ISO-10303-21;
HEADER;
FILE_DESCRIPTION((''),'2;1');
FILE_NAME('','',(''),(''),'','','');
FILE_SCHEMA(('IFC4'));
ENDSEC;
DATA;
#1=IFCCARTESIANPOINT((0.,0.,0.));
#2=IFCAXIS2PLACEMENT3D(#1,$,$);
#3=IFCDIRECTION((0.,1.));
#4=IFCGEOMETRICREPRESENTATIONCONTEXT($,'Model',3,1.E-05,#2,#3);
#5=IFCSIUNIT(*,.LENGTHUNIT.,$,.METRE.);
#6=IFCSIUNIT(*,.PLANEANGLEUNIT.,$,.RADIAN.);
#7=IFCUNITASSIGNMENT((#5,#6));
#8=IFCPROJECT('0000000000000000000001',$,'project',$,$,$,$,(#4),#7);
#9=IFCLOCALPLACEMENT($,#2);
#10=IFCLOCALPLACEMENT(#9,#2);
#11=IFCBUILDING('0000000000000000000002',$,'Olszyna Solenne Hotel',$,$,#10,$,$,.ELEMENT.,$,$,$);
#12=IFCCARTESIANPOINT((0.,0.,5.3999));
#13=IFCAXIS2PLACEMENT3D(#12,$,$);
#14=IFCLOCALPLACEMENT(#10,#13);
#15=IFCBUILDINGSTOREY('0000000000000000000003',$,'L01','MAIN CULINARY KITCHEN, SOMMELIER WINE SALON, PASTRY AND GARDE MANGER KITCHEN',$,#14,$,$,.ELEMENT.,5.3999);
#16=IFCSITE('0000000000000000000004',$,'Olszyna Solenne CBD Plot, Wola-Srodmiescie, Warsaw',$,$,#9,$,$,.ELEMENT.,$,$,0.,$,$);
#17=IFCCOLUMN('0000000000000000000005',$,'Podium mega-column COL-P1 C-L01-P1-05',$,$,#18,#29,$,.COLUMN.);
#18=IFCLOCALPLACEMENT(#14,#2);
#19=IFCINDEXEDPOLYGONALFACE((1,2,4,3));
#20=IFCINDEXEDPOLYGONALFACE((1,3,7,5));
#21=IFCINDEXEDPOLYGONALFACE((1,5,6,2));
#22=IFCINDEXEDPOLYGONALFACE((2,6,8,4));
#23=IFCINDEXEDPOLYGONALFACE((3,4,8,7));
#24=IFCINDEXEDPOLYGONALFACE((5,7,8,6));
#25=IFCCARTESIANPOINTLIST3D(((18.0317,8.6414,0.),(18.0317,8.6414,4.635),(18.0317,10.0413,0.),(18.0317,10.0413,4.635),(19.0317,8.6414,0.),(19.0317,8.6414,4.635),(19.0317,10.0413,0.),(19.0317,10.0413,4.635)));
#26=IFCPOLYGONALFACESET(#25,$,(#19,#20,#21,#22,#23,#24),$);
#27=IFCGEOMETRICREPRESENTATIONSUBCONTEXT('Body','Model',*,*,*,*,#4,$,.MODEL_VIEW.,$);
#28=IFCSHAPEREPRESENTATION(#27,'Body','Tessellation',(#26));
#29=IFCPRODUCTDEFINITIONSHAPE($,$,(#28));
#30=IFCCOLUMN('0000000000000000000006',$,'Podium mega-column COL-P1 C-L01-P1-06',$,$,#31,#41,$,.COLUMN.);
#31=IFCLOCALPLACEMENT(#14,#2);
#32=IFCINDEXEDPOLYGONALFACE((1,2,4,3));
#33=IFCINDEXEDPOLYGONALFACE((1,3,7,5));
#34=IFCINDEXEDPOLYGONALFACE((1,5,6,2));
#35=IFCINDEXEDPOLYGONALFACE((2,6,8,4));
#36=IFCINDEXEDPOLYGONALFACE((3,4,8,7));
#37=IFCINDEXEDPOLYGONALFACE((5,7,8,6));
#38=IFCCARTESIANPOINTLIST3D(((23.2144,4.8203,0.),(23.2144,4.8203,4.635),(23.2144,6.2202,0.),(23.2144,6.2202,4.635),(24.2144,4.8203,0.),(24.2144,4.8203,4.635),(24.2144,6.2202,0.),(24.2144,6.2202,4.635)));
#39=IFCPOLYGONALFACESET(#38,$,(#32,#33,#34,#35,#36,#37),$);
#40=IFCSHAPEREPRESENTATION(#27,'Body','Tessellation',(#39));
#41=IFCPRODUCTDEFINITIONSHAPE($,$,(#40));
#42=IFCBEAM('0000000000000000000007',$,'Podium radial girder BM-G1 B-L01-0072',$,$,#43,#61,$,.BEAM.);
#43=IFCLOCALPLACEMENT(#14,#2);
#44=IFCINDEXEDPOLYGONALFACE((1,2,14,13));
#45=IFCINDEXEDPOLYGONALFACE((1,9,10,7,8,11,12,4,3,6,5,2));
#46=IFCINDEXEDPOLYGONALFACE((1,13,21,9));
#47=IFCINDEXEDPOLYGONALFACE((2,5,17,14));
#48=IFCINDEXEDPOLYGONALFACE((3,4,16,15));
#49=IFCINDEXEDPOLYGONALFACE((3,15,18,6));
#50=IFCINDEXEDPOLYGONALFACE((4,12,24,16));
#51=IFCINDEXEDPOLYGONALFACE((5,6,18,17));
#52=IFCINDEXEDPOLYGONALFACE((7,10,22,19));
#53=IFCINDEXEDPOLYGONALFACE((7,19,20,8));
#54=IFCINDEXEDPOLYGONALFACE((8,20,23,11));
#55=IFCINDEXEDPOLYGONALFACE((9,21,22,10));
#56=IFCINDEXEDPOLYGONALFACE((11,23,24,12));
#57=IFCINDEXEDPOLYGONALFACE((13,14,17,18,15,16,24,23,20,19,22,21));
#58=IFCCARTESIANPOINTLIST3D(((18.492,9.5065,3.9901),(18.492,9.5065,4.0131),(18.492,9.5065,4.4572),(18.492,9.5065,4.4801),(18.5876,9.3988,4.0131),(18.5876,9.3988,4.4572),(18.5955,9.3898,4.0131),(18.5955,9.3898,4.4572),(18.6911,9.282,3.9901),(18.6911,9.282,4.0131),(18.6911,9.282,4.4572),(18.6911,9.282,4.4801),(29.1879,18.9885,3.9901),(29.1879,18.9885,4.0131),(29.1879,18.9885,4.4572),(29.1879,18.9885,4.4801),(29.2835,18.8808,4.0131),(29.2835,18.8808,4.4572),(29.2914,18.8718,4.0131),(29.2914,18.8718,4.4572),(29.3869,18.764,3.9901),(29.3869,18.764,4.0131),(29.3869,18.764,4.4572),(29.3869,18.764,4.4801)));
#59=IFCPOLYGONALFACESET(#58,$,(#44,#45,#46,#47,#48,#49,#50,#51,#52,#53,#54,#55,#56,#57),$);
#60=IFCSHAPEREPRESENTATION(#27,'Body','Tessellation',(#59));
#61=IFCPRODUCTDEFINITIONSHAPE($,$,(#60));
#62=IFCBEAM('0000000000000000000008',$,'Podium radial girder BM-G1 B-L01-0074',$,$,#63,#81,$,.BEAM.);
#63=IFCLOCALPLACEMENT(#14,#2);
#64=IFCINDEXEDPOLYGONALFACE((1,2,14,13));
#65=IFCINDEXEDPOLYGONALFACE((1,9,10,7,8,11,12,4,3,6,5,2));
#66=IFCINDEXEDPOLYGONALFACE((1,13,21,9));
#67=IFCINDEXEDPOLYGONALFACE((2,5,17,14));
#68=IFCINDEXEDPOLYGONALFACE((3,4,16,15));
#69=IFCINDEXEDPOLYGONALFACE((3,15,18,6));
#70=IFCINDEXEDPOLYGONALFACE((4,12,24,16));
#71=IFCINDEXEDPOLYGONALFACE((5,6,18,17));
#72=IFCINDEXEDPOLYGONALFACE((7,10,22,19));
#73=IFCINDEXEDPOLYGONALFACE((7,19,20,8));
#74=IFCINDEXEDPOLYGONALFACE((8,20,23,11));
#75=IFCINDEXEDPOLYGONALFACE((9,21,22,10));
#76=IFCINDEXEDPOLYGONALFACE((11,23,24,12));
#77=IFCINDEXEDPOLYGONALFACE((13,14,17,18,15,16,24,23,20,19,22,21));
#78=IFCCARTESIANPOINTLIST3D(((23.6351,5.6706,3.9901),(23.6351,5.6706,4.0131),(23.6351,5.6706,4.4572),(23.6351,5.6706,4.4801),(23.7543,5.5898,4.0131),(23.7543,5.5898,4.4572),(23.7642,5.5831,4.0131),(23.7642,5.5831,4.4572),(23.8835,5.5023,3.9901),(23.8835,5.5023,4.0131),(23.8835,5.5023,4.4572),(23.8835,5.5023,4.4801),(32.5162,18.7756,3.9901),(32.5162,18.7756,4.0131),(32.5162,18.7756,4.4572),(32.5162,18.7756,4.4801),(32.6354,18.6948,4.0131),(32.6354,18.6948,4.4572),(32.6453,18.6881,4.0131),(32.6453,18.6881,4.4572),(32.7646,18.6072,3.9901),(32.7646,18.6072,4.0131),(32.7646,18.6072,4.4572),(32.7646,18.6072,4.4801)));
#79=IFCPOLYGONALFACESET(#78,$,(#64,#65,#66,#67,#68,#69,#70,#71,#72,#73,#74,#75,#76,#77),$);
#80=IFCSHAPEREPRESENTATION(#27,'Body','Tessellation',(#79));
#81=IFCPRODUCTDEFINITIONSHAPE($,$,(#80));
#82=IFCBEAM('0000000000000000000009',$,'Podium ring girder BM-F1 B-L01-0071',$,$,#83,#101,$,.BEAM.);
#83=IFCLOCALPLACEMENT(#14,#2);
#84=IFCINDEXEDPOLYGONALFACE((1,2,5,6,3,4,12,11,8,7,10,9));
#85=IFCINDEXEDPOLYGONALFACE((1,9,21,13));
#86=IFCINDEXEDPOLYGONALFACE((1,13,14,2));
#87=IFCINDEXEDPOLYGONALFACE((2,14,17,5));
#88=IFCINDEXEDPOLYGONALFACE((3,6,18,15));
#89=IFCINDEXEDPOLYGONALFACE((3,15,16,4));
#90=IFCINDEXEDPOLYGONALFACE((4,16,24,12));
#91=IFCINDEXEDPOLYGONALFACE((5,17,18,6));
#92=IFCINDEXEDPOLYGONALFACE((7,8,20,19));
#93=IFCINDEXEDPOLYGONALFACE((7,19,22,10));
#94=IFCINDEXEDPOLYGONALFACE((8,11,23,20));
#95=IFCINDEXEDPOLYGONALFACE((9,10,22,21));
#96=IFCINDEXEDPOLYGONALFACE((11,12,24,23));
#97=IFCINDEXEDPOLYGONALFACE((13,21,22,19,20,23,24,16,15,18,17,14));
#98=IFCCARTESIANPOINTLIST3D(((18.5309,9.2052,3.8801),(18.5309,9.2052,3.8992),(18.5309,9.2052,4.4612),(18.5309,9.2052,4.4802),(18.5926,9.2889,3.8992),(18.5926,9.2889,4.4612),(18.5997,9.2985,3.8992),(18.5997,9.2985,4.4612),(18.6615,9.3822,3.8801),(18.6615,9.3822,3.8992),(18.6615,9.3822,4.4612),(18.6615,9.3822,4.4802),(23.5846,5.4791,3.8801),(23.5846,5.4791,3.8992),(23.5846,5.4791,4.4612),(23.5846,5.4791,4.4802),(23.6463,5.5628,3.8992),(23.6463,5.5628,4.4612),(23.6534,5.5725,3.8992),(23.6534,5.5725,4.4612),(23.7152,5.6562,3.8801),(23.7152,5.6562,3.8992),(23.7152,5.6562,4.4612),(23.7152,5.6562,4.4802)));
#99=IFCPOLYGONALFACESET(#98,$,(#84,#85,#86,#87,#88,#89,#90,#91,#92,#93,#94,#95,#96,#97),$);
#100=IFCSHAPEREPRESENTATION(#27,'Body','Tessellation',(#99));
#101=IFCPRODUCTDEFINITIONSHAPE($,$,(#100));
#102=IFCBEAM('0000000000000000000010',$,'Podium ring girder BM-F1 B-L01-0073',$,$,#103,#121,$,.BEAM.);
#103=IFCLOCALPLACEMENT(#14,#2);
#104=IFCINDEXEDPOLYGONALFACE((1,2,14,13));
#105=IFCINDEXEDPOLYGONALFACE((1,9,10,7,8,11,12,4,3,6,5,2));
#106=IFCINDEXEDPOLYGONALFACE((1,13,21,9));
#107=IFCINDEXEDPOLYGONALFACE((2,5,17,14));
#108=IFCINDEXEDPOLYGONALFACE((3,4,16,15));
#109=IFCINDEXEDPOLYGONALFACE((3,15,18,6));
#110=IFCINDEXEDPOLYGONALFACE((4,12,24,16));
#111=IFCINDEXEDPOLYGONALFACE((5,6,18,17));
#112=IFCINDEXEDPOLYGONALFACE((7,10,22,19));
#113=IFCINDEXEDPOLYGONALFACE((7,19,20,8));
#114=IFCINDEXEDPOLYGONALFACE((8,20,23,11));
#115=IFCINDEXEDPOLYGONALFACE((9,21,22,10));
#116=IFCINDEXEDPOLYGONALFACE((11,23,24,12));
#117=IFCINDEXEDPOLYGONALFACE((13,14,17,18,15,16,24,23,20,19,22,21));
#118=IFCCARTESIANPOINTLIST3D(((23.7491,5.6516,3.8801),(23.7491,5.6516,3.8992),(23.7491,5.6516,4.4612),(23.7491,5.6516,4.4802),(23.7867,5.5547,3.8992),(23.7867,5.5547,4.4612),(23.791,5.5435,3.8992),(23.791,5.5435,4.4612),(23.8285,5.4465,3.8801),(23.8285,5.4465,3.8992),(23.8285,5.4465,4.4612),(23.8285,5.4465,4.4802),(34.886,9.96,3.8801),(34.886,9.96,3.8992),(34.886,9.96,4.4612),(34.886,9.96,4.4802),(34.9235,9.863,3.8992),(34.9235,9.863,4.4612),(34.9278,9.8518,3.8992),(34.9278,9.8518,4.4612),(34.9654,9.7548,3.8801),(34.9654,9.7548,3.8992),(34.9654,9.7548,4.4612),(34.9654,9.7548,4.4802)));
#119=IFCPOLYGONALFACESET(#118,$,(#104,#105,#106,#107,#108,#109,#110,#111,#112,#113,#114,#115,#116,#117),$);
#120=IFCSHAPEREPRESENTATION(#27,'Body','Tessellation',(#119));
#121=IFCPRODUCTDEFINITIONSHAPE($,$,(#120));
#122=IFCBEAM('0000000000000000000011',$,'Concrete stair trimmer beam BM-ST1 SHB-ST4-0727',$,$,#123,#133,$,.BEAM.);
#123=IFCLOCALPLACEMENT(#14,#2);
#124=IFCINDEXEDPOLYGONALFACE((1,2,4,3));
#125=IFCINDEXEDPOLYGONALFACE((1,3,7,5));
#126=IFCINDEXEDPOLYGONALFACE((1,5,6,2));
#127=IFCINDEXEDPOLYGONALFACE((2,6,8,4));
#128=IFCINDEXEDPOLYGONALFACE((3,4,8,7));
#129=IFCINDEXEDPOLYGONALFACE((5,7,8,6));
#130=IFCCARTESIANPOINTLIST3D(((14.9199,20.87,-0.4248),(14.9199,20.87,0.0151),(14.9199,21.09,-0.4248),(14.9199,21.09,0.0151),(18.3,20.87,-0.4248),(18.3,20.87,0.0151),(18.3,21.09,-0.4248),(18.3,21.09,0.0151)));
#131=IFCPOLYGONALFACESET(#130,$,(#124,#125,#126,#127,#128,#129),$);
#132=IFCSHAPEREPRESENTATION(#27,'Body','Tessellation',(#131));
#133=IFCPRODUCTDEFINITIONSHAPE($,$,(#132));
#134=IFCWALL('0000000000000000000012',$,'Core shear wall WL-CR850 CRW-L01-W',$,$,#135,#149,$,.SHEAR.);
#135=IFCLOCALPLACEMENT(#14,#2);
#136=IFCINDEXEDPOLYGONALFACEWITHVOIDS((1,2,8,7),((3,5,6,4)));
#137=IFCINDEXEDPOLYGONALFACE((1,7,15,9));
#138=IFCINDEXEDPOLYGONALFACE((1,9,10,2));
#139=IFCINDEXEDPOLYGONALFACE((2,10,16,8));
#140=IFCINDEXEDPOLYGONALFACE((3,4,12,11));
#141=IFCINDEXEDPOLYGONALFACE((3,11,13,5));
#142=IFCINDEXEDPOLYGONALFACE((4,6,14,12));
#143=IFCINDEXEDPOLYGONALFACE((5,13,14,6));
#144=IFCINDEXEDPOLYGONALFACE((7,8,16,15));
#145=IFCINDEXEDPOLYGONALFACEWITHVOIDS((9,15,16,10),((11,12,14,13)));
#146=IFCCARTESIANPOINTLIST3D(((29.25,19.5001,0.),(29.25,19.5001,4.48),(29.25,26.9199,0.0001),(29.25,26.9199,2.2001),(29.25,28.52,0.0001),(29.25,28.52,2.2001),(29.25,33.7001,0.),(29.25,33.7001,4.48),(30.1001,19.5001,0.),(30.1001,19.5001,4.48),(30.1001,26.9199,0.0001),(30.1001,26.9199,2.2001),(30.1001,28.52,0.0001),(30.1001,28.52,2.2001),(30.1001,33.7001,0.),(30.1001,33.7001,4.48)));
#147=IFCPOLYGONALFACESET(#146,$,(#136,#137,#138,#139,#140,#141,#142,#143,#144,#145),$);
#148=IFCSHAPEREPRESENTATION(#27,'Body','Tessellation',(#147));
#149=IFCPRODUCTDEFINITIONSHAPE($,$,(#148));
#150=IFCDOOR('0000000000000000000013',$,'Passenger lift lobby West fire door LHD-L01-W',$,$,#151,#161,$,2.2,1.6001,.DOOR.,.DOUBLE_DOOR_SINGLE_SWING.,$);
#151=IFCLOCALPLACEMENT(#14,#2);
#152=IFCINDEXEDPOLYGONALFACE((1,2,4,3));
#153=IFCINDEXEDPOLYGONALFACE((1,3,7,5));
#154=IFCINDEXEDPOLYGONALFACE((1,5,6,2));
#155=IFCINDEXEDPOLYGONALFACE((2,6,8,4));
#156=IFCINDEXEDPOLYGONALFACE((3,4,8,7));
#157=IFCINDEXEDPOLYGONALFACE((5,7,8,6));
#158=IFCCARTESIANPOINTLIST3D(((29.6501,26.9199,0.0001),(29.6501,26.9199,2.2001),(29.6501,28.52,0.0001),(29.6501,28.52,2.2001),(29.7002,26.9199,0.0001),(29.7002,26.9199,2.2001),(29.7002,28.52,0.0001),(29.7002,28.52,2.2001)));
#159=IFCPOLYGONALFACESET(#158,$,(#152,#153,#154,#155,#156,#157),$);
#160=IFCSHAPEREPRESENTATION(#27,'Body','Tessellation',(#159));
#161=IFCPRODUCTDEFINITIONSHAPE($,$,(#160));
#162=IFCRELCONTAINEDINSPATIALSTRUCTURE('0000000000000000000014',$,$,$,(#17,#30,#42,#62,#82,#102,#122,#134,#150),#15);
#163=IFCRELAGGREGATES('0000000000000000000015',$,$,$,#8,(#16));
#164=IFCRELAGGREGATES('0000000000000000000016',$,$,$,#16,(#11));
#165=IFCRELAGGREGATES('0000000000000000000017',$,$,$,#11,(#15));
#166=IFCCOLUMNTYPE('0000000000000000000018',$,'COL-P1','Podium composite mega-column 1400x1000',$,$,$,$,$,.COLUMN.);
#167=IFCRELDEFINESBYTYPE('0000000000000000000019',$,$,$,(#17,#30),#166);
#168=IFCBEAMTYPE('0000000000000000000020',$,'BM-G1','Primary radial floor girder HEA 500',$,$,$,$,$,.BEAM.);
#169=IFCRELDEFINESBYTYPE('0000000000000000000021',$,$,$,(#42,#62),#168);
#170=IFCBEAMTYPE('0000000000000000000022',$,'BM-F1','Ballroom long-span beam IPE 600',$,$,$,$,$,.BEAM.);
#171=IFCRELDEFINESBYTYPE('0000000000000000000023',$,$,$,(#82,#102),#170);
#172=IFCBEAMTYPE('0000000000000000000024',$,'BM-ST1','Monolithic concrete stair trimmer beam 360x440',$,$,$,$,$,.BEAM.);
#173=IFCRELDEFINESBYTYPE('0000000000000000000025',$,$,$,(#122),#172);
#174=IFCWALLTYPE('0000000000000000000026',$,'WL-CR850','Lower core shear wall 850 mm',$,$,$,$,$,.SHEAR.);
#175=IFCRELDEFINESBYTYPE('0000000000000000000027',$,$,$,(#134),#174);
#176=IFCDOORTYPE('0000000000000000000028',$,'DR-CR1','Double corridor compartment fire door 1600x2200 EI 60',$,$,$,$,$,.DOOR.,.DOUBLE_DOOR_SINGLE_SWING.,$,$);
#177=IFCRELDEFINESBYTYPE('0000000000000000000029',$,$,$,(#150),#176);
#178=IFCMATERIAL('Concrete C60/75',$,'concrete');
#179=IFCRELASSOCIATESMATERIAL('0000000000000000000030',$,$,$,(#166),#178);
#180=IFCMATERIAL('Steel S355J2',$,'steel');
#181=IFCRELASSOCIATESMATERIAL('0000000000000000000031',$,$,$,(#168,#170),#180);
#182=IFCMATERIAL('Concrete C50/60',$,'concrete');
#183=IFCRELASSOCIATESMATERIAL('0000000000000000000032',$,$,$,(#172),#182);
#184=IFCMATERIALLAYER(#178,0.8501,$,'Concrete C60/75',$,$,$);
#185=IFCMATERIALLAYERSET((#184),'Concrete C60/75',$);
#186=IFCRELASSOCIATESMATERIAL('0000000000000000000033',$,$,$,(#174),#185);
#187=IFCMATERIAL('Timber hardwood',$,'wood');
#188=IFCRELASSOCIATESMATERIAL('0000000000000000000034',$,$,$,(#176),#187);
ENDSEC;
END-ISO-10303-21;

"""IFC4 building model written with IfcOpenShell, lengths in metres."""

from ifc_helpers import new_model, si_unit, direction, frame, frame_2d, origin, origin_2d, place, context, subcontext, project, spatial, rectangle, i_section, extrude, source, transform, mapped, material, layer, layer_set, material_profile, profile_set, type_object, type_shapes, element, fill, save


model = new_model("IFC4")

# Units and contexts
model_context = context("Model", 3, precision=1e-05, world=origin(), true_north=direction((0.0, 1.0)))
body_context = subcontext(model_context, "Body", "Model", "MODEL_VIEW")
ifc_project = project(units=[si_unit("LENGTHUNIT", "METRE"), si_unit("PLANEANGLEUNIT", "RADIAN")], contexts=[model_context])

# Site, building, storey
site_placement = place(None, origin())
site = spatial("IfcSite", under=ifc_project, at=site_placement, Name="Olszyna Solenne CBD Plot, Wola-Srodmiescie, Warsaw", CompositionType="ELEMENT", RefElevation=0.0)
building_placement = place(site_placement, origin())
building = spatial("IfcBuilding", under=site, at=building_placement, Name="Olszyna Solenne Hotel", CompositionType="ELEMENT")
storey_placement = place(building_placement, frame((0.0, 0.0, 5.3999)))
storey = spatial("IfcBuildingStorey", under=building, at=storey_placement, Name="L01", Description="MAIN CULINARY KITCHEN, SOMMELIER WINE SALON, PASTRY AND GARDE MANGER KITCHEN", CompositionType="ELEMENT", Elevation=5.3999)

# Columns
ifc_material_1 = material(Name="Concrete C60/75", Category="concrete")
ifc_material_profile_1 = material_profile(ifc_material_1, rectangle(XDim=1.0, YDim=1.3999, at=origin_2d()), Name="RC 1400x1000", Category="load-bearing")
ifc_profile_set_1 = profile_set([ifc_material_profile_1], Name="Concrete C60/75")
column_type = type_object("IfcColumnType", Name="COL-P1", Description="Podium composite mega-column 1400x1000", PredefinedType="COLUMN", material=ifc_profile_set_1)
shared_shape_1 = source(origin(), body_context, "Body", "SweptSolid", [
    extrude(rectangle(XDim=1.0, YDim=1.3999, at=origin_2d()), origin(), (0.0, 0.0, 1.0), 4.635),
])
for number, where, z_axis, x_axis, name in (
    (1, (18.5317, 9.3413, 0.0), (0.0, 0.0, 1.0), (1.0, 0.0, 0.0), "Podium mega-column COL-P1 C-L01-P1-05"),
    (2, (23.7144, 5.5203, 0.0), (0.0, 0.0, 1.0), (1.0, 0.0, 0.0), "Podium mega-column COL-P1 C-L01-P1-06"),
):
    element("IfcColumn", number, at=place(storey_placement, frame(where, z_axis=z_axis, x_axis=x_axis)), inside=storey, type_object=column_type, Name=name, PredefinedType="COLUMN", context=body_context, shape_type="MappedRepresentation", body=[
        mapped(shared_shape_1, transform((0.0, 0.0, 0.0), x_axis=(1.0, 0.0, 0.0), y_axis=(0.0, 1.0, 0.0), z_axis=(0.0, 0.0, 1.0), scale=1.0)),
    ])

# Beams
ifc_material_2 = material(Name="Steel S355J2", Category="steel")
ifc_material_profile_2 = material_profile(ifc_material_2, i_section(OverallWidth=0.3, OverallDepth=0.49, WebThickness=0.012, FlangeThickness=0.0229, at=origin_2d()), Name="HEA 500", Category="load-bearing")
ifc_profile_set_2 = profile_set([ifc_material_profile_2], Name="Steel S355J2")
beam_type_1 = type_object("IfcBeamType", Name="BM-G1", Description="Primary radial floor girder HEA 500", PredefinedType="BEAM", material=ifc_profile_set_2)
shared_shape_2 = source(origin(), body_context, "Body", "SweptSolid", [
    extrude(i_section(OverallWidth=0.3, OverallDepth=0.49, WebThickness=0.012, FlangeThickness=0.0229, at=origin_2d()), origin(), (0.0, 0.0, 1.0), 14.2937),
])
beam_1_placement = place(storey_placement, frame((18.5916, 9.3943, 4.2351), z_axis=(0.748293, 0.663369, 0.0), x_axis=(-0.663369, 0.748293, 0.0)))
element("IfcBeam", 3, at=beam_1_placement, inside=storey, type_object=beam_type_1, Name="Podium radial girder BM-G1 B-L01-0072", PredefinedType="BEAM", context=body_context, shape_type="MappedRepresentation", body=[
    mapped(shared_shape_2, transform((0.0, 0.0, 0.0), x_axis=(1.0, 0.0, 0.0), y_axis=(0.0, 1.0, 0.0), z_axis=(0.0, 0.0, 1.0), scale=1.0)),
])
shared_shape_3 = source(origin(), body_context, "Body", "SweptSolid", [
    extrude(i_section(OverallWidth=0.3, OverallDepth=0.49, WebThickness=0.012, FlangeThickness=0.0229, at=origin_2d()), origin(), (0.0, 0.0, 1.0), 15.8308),
])
beam_2_placement = place(storey_placement, frame((23.7593, 5.5864, 4.2351), z_axis=(0.561001, 0.827815, 0.0), x_axis=(-0.827815, 0.561001, 0.0)))
element("IfcBeam", 4, at=beam_2_placement, inside=storey, type_object=beam_type_1, Name="Podium radial girder BM-G1 B-L01-0074", PredefinedType="BEAM", context=body_context, shape_type="MappedRepresentation", body=[
    mapped(shared_shape_3, transform((0.0, 0.0, 0.0), x_axis=(1.0, 0.0, 0.0), y_axis=(0.0, 1.0, 0.0), z_axis=(0.0, 0.0, 1.0), scale=1.0)),
])
ifc_material_profile_3 = material_profile(ifc_material_2, i_section(OverallWidth=0.22, OverallDepth=0.6001, WebThickness=0.012, FlangeThickness=0.019, at=origin_2d()), Name="IPE 600", Category="load-bearing")
ifc_profile_set_3 = profile_set([ifc_material_profile_3], Name="Steel S355J2")
beam_type_2 = type_object("IfcBeamType", Name="BM-F1", Description="Ballroom long-span beam IPE 600", PredefinedType="BEAM", material=ifc_profile_set_3)
shared_shape_4 = source(origin(), body_context, "Body", "SweptSolid", [
    extrude(i_section(OverallWidth=0.22, OverallDepth=0.6001, WebThickness=0.012, FlangeThickness=0.019, at=origin_2d()), origin(), (0.0, 0.0, 1.0), 6.2788),
])
beam_3_placement = place(storey_placement, frame((18.5962, 9.2937, 4.1802), z_axis=(0.804882, -0.593435, 0.0), x_axis=(0.593435, 0.804882, 0.0)))
element("IfcBeam", 5, at=beam_3_placement, inside=storey, type_object=beam_type_2, Name="Podium ring girder BM-F1 B-L01-0071", PredefinedType="BEAM", context=body_context, shape_type="MappedRepresentation", body=[
    mapped(shared_shape_4, transform((0.0, 0.0, 0.0), x_axis=(1.0, 0.0, 0.0), y_axis=(0.0, 1.0, 0.0), z_axis=(0.0, 0.0, 1.0), scale=1.0)),
])
shared_shape_5 = source(origin(), body_context, "Body", "SweptSolid", [
    extrude(i_section(OverallWidth=0.22, OverallDepth=0.6001, WebThickness=0.012, FlangeThickness=0.019, at=origin_2d()), origin(), (0.0, 0.0, 1.0), 11.9412),
])
beam_4_placement = place(storey_placement, frame((23.7888, 5.5491, 4.1802), z_axis=(0.932645, 0.360795, 0.0), x_axis=(-0.360795, 0.932645, 0.0)))
element("IfcBeam", 6, at=beam_4_placement, inside=storey, type_object=beam_type_2, Name="Podium ring girder BM-F1 B-L01-0073", PredefinedType="BEAM", context=body_context, shape_type="MappedRepresentation", body=[
    mapped(shared_shape_5, transform((0.0, 0.0, 0.0), x_axis=(1.0, 0.0, 0.0), y_axis=(0.0, 1.0, 0.0), z_axis=(0.0, 0.0, 1.0), scale=1.0)),
])
ifc_material_3 = material(Name="Concrete C50/60", Category="concrete")
ifc_material_profile_4 = material_profile(ifc_material_3, rectangle(XDim=0.22, YDim=0.4399, at=origin_2d()), Name="RC 220x440", Category="load-bearing")
ifc_profile_set_4 = profile_set([ifc_material_profile_4], Name="Concrete C50/60")
beam_type_3 = type_object("IfcBeamType", Name="BM-ST1", Description="Monolithic concrete stair trimmer beam 360x440", PredefinedType="BEAM", material=ifc_profile_set_4)
shared_shape_6 = source(origin(), body_context, "Body", "SweptSolid", [
    extrude(rectangle(XDim=0.22, YDim=0.4399, at=origin_2d()), origin(), (0.0, 0.0, 1.0), 3.3801),
])
beam_5_placement = place(storey_placement, frame((18.3, 20.98, -0.2048), z_axis=(-1.0, 0.0, 0.0), x_axis=(0.0, -1.0, 0.0)))
element("IfcBeam", 7, at=beam_5_placement, inside=storey, type_object=beam_type_3, Name="Concrete stair trimmer beam BM-ST1 SHB-ST4-0727", PredefinedType="BEAM", context=body_context, shape_type="MappedRepresentation", body=[
    mapped(shared_shape_6, transform((0.0, 0.0, 0.0), x_axis=(1.0, 0.0, 0.0), y_axis=(0.0, 1.0, 0.0), z_axis=(0.0, 0.0, 1.0), scale=1.0)),
])

# Wall, opening, door
ifc_layer_1 = layer(ifc_material_1, 0.8501, Name="Concrete C60/75")
ifc_layer_set_1 = layer_set([ifc_layer_1], Name="Concrete C60/75")
wall_type_1 = type_object("IfcWallType", Name="WL-CR850", Description="Lower core shear wall 850 mm", PredefinedType="SHEAR", material=ifc_layer_set_1)
wall_1_placement = place(storey_placement, frame((29.675, 19.5, 0.0), z_axis=(0.0, 0.0, 1.0), x_axis=(0.0, 1.0, 0.0)))
wall_1 = element("IfcWall", 8, at=wall_1_placement, inside=storey, type_object=wall_type_1, Name="Core shear wall WL-CR850 CRW-L01-W", PredefinedType="SHEAR", context=body_context, shape_type="SweptSolid", body=[
    extrude(rectangle(XDim=14.2, YDim=0.8501, at=frame_2d((7.1001, 0.0))), origin(), (0.0, 0.0, 1.0), 4.48),
])
opening_1_placement = place(wall_1_placement, frame((7.4199, 0.0, 0.0)))
opening_1 = element("IfcOpeningElement", 9, at=opening_1_placement, cuts=wall_1, PredefinedType="OPENING", context=body_context, shape_type="SweptSolid", body=[
    extrude(rectangle(XDim=1.6001, YDim=2.2, at=frame_2d((0.8, 1.1001))), frame((0.0, 0.4351, 0.0), z_axis=(0.0, -1.0, 0.0), x_axis=(1.0, 0.0, 0.0)), (0.0, 0.0, 1.0), 0.8701),
])
ifc_material_4 = material(Name="Timber hardwood", Category="wood")
door_type_1 = type_object("IfcDoorType", Name="DR-CR1", Description="Double corridor compartment fire door 1600x2200 EI 60", OperationType="DOUBLE_DOOR_SINGLE_SWING", PredefinedType="DOOR", material=ifc_material_4)
shared_shape_7 = source(origin(), body_context, "Body", "SweptSolid", [
    extrude(rectangle(XDim=1.6001, YDim=2.2, at=frame_2d((0.8, 1.1001))), frame((0.0, 0.0249, 0.0), z_axis=(0.0, -1.0, 0.0), x_axis=(1.0, 0.0, 0.0)), (0.0, 0.0, 1.0), 0.05),
])
type_shapes(door_type_1, [shared_shape_7])
door_1_placement = place(opening_1_placement, origin())
door_1 = element("IfcDoor", 10, at=door_1_placement, inside=storey, type_object=door_type_1, Name="Passenger lift lobby West fire door LHD-L01-W", OperationType="DOUBLE_DOOR_SINGLE_SWING", OverallHeight=2.2, OverallWidth=1.6001, PredefinedType="DOOR", context=body_context, shape_type="MappedRepresentation", body=[
    mapped(shared_shape_7, transform((0.0, 0.0, 0.0), x_axis=(1.0, 0.0, 0.0), y_axis=(0.0, 1.0, 0.0), z_axis=(0.0, 0.0, 1.0), scale=1.0)),
])
fill(opening_1, door_1)

save(model, "model.ifc")
